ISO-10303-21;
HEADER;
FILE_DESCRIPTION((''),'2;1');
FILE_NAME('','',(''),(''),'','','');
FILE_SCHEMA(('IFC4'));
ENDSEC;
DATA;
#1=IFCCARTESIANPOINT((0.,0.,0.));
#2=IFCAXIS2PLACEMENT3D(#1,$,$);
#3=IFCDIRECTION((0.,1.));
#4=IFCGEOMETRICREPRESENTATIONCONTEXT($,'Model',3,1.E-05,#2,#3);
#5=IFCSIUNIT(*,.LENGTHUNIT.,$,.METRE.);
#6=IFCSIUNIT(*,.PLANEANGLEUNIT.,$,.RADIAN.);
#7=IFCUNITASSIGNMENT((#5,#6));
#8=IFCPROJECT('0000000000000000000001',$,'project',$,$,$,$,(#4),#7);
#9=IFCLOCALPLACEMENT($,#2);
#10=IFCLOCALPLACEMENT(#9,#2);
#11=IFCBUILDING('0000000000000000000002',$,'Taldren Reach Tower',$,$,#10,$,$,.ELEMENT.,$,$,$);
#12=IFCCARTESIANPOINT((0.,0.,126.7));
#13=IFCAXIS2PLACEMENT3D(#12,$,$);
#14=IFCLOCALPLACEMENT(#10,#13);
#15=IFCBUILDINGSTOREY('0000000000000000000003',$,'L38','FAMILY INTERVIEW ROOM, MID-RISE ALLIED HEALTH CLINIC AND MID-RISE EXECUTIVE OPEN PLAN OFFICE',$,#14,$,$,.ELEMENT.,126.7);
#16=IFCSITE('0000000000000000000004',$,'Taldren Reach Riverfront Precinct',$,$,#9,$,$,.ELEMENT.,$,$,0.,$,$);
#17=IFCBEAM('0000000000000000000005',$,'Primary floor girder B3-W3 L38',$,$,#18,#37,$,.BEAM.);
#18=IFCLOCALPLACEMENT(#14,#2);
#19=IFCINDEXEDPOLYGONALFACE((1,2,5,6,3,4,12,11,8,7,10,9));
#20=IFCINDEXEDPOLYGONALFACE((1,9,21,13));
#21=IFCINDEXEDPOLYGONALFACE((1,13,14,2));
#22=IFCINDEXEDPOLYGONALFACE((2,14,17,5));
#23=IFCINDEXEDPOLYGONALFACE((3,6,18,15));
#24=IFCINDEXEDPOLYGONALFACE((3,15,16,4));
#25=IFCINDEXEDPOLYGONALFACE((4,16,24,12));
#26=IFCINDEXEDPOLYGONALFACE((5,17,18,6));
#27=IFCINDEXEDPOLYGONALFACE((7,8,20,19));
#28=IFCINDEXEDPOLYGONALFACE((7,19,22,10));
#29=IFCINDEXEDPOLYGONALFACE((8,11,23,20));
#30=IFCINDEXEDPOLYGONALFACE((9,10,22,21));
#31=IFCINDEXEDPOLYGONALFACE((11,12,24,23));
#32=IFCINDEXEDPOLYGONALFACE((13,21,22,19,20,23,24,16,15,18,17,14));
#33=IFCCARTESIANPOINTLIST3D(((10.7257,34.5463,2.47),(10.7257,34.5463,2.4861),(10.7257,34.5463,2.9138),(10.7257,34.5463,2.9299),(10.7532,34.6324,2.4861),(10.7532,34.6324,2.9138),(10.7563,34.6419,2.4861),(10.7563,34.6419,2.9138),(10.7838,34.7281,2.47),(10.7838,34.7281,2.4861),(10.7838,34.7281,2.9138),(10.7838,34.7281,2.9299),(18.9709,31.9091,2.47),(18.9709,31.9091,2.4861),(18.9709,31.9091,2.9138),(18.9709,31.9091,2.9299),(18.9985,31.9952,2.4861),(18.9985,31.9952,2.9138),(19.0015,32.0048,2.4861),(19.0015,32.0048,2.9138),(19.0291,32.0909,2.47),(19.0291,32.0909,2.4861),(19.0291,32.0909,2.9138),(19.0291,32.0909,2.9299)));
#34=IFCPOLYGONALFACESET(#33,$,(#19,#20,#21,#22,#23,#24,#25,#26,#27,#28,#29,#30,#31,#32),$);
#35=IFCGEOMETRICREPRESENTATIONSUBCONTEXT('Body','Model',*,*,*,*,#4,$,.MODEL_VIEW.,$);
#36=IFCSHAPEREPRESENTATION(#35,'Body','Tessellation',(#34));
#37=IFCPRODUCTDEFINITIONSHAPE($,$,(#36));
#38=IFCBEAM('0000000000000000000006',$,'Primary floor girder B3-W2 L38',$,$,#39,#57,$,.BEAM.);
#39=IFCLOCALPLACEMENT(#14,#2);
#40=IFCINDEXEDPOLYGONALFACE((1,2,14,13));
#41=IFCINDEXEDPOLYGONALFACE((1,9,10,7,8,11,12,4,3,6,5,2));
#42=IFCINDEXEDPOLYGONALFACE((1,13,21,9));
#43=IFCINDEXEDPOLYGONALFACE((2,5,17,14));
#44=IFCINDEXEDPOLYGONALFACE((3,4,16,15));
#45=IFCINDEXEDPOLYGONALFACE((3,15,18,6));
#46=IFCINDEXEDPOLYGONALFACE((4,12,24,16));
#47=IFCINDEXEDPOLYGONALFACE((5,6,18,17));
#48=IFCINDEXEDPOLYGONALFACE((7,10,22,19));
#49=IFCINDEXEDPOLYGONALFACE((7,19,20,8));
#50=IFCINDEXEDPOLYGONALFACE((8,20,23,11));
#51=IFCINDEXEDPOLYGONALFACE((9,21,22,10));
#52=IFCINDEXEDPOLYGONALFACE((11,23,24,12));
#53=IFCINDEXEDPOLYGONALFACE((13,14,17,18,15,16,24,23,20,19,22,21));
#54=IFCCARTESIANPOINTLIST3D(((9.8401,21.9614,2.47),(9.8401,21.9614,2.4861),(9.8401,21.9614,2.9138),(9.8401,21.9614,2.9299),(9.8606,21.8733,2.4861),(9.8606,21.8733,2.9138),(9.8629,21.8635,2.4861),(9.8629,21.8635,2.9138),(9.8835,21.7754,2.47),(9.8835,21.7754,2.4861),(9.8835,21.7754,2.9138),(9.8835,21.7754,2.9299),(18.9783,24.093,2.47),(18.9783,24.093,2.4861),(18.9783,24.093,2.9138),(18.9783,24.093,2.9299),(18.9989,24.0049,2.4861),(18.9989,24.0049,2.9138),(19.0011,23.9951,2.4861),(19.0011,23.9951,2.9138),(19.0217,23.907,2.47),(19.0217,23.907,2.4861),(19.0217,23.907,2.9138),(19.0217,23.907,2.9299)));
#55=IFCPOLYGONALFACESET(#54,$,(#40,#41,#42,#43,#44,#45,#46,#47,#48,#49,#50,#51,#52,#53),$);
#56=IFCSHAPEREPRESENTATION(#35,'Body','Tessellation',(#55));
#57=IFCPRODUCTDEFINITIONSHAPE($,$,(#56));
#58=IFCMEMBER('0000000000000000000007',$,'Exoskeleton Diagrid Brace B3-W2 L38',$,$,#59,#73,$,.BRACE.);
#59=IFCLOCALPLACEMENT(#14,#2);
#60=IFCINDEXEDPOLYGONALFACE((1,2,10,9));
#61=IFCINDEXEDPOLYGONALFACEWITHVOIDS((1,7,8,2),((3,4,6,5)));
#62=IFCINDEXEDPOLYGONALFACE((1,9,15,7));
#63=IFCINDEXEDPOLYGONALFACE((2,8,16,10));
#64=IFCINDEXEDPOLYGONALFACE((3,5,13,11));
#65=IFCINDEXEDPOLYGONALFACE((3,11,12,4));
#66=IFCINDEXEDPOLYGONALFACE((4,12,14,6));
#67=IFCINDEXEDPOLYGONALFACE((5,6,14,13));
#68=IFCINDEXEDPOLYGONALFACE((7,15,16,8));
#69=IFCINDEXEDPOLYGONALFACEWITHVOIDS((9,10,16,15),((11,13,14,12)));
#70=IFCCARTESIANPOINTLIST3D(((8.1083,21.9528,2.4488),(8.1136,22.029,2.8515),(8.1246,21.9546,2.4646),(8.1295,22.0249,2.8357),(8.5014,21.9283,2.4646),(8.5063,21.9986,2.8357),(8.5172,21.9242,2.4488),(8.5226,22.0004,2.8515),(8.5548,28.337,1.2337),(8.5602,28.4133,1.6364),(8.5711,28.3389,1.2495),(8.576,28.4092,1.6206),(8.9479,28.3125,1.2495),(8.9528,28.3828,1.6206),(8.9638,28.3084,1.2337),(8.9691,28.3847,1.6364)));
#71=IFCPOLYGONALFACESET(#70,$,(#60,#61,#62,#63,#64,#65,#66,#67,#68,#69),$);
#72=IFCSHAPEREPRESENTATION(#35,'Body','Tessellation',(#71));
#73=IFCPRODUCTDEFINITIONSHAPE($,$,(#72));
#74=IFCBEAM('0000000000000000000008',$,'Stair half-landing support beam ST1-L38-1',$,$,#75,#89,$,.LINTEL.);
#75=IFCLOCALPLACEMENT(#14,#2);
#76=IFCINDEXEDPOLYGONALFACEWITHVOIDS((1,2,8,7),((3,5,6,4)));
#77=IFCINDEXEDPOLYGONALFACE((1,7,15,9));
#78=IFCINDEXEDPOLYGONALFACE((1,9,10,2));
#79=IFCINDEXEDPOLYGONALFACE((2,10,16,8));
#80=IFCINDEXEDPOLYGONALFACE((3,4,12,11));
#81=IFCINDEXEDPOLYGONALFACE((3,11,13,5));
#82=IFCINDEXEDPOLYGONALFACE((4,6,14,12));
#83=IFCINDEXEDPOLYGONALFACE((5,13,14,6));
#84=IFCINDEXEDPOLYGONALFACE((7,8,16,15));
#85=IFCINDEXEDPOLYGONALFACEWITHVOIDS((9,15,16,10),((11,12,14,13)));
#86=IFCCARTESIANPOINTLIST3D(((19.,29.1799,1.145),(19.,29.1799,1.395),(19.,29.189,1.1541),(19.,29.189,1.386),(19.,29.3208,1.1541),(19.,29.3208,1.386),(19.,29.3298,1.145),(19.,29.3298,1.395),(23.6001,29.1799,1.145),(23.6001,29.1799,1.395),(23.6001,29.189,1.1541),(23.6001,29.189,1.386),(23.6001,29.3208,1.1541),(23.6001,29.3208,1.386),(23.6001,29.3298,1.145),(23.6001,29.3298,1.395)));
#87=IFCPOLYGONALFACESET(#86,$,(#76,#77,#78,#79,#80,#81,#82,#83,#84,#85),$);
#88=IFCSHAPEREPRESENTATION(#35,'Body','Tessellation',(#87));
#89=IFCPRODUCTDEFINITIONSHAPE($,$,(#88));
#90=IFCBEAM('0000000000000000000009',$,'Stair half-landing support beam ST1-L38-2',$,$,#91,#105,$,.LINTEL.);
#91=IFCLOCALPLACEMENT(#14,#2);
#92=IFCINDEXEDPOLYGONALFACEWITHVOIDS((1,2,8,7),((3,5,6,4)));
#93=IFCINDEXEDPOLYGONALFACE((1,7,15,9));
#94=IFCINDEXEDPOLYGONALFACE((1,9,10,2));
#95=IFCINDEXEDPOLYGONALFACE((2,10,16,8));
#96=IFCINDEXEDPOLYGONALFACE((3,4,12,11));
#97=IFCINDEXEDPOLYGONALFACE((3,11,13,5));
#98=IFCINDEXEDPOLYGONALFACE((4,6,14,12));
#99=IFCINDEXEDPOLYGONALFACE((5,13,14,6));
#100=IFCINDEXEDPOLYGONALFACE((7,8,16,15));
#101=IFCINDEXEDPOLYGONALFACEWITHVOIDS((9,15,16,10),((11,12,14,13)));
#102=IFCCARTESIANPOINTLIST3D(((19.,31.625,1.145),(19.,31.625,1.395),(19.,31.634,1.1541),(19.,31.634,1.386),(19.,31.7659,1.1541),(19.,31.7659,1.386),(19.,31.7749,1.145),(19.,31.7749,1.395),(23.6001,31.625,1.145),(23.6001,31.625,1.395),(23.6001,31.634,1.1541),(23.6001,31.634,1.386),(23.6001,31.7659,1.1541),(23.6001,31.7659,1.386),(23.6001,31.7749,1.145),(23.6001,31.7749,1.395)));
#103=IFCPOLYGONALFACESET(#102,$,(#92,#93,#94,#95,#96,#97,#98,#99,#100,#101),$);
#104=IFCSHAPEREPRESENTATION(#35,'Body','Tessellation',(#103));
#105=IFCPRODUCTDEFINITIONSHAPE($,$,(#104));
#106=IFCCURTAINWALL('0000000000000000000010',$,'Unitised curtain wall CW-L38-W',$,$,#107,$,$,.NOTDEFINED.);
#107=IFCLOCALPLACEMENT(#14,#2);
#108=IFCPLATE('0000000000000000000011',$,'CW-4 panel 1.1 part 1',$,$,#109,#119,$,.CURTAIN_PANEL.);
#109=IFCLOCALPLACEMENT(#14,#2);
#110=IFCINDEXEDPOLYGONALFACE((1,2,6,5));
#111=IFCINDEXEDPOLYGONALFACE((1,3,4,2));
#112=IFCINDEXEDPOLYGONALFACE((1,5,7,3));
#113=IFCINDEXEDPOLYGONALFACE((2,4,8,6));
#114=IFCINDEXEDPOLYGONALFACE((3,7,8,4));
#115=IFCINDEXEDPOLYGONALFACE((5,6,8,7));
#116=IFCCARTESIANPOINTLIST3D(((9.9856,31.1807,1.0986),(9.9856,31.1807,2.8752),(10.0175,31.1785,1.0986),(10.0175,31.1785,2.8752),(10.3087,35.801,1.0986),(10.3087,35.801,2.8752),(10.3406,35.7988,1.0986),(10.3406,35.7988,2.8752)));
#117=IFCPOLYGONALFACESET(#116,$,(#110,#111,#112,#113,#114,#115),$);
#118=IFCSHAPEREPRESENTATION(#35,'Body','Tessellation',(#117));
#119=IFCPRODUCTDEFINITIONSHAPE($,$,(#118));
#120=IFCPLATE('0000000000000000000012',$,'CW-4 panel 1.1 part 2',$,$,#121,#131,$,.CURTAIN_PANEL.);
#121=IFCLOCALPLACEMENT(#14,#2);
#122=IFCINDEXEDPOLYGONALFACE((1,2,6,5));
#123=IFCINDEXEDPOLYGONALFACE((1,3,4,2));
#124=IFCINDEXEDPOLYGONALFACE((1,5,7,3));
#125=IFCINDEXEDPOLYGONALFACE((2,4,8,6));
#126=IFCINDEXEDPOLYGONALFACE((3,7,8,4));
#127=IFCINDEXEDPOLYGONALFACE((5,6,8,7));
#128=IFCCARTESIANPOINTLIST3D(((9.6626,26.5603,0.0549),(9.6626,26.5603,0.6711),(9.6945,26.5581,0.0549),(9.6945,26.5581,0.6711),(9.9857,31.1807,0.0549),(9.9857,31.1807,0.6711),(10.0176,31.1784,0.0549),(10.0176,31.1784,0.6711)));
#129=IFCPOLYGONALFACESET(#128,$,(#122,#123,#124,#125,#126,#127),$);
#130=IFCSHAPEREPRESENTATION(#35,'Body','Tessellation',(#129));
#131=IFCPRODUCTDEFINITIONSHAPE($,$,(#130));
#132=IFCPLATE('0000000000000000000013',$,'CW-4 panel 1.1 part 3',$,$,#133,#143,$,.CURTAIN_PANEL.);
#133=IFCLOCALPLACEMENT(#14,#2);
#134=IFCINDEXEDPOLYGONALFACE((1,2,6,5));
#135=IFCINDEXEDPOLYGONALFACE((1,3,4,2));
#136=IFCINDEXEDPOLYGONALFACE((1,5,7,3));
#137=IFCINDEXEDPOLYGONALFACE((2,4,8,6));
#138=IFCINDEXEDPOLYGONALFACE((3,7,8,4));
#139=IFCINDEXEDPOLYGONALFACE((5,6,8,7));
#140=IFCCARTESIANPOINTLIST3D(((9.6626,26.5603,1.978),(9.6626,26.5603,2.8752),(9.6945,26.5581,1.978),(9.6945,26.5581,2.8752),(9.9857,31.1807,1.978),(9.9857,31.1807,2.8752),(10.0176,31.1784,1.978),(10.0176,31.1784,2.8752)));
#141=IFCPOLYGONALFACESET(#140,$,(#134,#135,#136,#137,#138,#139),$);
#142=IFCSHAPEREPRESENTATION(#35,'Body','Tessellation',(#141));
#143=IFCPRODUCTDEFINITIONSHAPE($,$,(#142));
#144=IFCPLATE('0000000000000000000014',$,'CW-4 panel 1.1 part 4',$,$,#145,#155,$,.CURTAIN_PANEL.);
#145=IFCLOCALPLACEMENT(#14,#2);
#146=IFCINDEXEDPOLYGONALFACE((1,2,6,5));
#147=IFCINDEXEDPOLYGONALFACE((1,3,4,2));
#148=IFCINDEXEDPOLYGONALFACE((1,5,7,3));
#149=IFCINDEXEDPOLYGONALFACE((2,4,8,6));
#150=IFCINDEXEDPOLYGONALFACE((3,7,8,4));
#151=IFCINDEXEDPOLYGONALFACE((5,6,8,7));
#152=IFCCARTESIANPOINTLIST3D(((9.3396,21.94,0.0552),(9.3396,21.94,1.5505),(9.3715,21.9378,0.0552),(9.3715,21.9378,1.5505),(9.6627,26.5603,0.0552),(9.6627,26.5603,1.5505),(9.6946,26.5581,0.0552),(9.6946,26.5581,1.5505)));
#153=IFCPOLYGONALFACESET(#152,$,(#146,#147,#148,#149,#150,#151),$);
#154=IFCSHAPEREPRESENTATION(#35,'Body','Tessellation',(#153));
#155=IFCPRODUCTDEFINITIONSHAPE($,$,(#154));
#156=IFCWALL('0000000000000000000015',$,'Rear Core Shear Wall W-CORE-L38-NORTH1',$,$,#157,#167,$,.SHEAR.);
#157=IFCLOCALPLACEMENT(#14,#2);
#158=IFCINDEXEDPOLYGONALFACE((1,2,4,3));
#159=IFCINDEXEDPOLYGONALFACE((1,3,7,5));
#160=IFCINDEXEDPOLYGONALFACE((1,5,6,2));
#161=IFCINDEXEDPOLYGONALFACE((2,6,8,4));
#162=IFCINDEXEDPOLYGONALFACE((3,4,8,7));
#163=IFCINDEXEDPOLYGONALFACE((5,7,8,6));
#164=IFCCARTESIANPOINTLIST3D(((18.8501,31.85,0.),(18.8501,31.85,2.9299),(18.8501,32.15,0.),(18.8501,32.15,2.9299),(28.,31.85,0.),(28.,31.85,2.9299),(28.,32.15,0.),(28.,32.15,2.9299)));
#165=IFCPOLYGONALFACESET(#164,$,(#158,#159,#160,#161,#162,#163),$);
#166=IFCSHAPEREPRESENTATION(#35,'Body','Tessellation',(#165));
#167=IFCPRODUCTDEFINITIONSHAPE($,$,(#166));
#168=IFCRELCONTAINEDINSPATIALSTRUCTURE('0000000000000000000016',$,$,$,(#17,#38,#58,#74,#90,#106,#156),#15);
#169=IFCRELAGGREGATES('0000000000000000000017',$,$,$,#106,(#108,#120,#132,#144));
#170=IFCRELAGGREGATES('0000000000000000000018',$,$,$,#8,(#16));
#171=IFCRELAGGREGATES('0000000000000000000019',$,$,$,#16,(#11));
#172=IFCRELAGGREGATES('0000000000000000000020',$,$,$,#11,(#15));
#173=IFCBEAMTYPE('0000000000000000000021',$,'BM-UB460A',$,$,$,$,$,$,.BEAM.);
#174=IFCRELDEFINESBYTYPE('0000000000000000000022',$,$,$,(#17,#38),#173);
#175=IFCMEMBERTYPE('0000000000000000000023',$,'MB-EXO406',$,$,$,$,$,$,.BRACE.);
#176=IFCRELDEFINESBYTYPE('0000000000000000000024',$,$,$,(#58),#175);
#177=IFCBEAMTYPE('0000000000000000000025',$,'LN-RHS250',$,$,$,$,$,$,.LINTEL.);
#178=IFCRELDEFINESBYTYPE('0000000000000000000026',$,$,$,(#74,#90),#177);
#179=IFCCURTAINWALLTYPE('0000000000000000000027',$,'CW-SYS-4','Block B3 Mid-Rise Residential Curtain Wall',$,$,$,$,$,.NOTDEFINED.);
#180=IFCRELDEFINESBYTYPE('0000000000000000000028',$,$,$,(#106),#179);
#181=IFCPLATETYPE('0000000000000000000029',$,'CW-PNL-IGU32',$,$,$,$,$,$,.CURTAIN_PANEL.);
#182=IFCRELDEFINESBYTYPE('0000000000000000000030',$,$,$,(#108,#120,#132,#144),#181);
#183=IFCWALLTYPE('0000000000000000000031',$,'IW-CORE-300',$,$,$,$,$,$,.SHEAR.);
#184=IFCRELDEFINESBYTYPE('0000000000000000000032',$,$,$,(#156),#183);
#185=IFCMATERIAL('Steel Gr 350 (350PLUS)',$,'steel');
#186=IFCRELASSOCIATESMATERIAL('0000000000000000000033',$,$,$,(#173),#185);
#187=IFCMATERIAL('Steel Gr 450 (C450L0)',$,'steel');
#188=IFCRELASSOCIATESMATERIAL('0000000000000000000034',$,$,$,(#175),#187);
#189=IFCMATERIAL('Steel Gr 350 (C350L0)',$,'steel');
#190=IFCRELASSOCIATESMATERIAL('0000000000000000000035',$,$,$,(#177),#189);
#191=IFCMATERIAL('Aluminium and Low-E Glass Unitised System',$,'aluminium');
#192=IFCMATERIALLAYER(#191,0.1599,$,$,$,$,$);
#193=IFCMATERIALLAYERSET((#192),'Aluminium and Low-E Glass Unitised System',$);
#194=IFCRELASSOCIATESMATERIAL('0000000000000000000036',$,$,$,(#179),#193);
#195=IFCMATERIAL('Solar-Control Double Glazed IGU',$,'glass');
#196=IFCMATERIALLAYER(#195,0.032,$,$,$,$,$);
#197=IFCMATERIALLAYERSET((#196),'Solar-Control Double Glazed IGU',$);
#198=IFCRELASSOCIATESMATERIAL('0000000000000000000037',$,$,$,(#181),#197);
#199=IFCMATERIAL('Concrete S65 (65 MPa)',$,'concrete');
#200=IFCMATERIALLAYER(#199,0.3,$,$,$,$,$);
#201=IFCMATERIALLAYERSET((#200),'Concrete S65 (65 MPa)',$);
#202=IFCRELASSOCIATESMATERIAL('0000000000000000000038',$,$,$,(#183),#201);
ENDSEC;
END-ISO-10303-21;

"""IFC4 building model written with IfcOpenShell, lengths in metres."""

from ifc_helpers import new_model, si_unit, direction, frame, frame_2d, origin, origin_2d, place, context, subcontext, project, spatial, rectangle, hollow_rectangle, i_section, extrude, source, transform, mapped, material, layer, layer_set, material_profile, profile_set, type_object, element, aggregate, save


model = new_model("IFC4")

# Units and contexts
model_context = context("Model", 3, precision=1e-05, world=origin(), true_north=direction((0.0, 1.0)))
body_context = subcontext(model_context, "Body", "Model", "MODEL_VIEW")
ifc_project = project(units=[si_unit("LENGTHUNIT", "METRE"), si_unit("PLANEANGLEUNIT", "RADIAN")], contexts=[model_context])

# Site, building, storey
site_placement = place(None, origin())
site = spatial("IfcSite", under=ifc_project, at=site_placement, Name="Taldren Reach Riverfront Precinct", CompositionType="ELEMENT", RefElevation=0.0)
building_placement = place(site_placement, origin())
building = spatial("IfcBuilding", under=site, at=building_placement, Name="Taldren Reach Tower", CompositionType="ELEMENT")
storey_placement = place(building_placement, frame((0.0, 0.0, 126.7)))
storey = spatial("IfcBuildingStorey", under=building, at=storey_placement, Name="L38", Description="FAMILY INTERVIEW ROOM, MID-RISE ALLIED HEALTH CLINIC AND MID-RISE EXECUTIVE OPEN PLAN OFFICE", CompositionType="ELEMENT", Elevation=126.7)

# Shared definitions
ifc_material_1 = material(Name="Steel Gr 450 (C450L0)", Category="steel")
ifc_material_2 = material(Name="Steel Gr 350 (350PLUS)", Category="steel")

# Beams
ifc_material_profile_1 = material_profile(ifc_material_2, i_section(OverallWidth=0.1909, OverallDepth=0.46, WebThickness=0.01, FlangeThickness=0.0161, at=origin_2d()), Name="460UB82.1")
ifc_profile_set_1 = profile_set([ifc_material_profile_1], Name="Steel Gr 350 (350PLUS)")
beam_type_1 = type_object("IfcBeamType", Name="BM-UB460A", PredefinedType="BEAM", material=ifc_profile_set_1)
shared_shape_1 = source(origin(), body_context, "Body", "SweptSolid", [
    extrude(i_section(OverallWidth=0.1909, OverallDepth=0.46, WebThickness=0.01, FlangeThickness=0.0161, at=origin_2d()), origin(), (0.0, 0.0, 1.0), 8.6567),
])
beam_1_placement = place(storey_placement, frame((19.0, 32.0, 2.7), z_axis=(-0.952468, 0.304639, 0.0), x_axis=(-0.304639, -0.952468, 0.0)))
element("IfcBeam", 1, at=beam_1_placement, inside=storey, type_object=beam_type_1, Name="Primary floor girder B3-W3 L38", PredefinedType="BEAM", context=body_context, shape_type="MappedRepresentation", body=[
    mapped(shared_shape_1, transform((0.0, 0.0, 0.0), scale=1.0)),
])
shared_shape_2 = source(origin(), body_context, "Body", "SweptSolid", [
    extrude(i_section(OverallWidth=0.1909, OverallDepth=0.46, WebThickness=0.01, FlangeThickness=0.0161, at=origin_2d()), origin(), (0.0, 0.0, 1.0), 9.3835),
])
beam_2_placement = place(storey_placement, frame((19.0, 24.0, 2.7), z_axis=(-0.973857, -0.227164, 0.0), x_axis=(0.227164, -0.973857, 0.0)))
element("IfcBeam", 2, at=beam_2_placement, inside=storey, type_object=beam_type_1, Name="Primary floor girder B3-W2 L38", PredefinedType="BEAM", context=body_context, shape_type="MappedRepresentation", body=[
    mapped(shared_shape_2, transform((0.0, 0.0, 0.0), scale=1.0)),
])

# Member
ifc_material_profile_2 = material_profile(ifc_material_1, hollow_rectangle(XDim=0.4099, YDim=0.4099, WallThickness=0.0161, at=origin_2d()), Name="410x410x16.0SHS")
ifc_profile_set_2 = profile_set([ifc_material_profile_2], Name="Steel Gr 450 (C450L0)")
member_type = type_object("IfcMemberType", Name="MB-EXO406", PredefinedType="BRACE", material=ifc_profile_set_2)
shared_shape_3 = source(origin(), body_context, "Body", "SweptSolid", [
    extrude(hollow_rectangle(XDim=0.4099, YDim=0.4099, WallThickness=0.0161, at=origin_2d()), origin(), (0.0, 0.0, 1.0), 6.5142),
])
member_placement = place(storey_placement, frame((8.762, 28.3608, 1.4351), z_axis=(-0.068548, -0.980055, 0.186529), x_axis=(0.997563, -0.069772, 0.0)))
element("IfcMember", 3, at=member_placement, inside=storey, type_object=member_type, Name="Exoskeleton Diagrid Brace B3-W2 L38", PredefinedType="BRACE", context=body_context, shape_type="MappedRepresentation", body=[
    mapped(shared_shape_3, transform((0.0, 0.0, 0.0), scale=1.0)),
])

# Beams
ifc_material_3 = material(Name="Steel Gr 350 (C350L0)", Category="steel")
ifc_material_profile_3 = material_profile(ifc_material_3, hollow_rectangle(XDim=0.1499, YDim=0.25, WallThickness=0.009, at=origin_2d()), Name="250x150x9.0RHS")
ifc_profile_set_3 = profile_set([ifc_material_profile_3], Name="Steel Gr 350 (C350L0)")
beam_type_2 = type_object("IfcBeamType", Name="LN-RHS250", PredefinedType="LINTEL", material=ifc_profile_set_3)
shared_shape_4 = source(origin(), body_context, "Body", "SweptSolid", [
    extrude(hollow_rectangle(XDim=0.1499, YDim=0.25, WallThickness=0.009, at=origin_2d()), origin(), (0.0, 0.0, 1.0), 4.6001),
])
for number, where, z_axis, x_axis, name in (
    (4, (19.0, 29.2549, 1.27), (1.0, 0.0, 0.0), (0.0, 1.0, 0.0), "Stair half-landing support beam ST1-L38-1"),
    (5, (19.0, 31.7, 1.27), (1.0, 0.0, 0.0), (0.0, 1.0, 0.0), "Stair half-landing support beam ST1-L38-2"),
):
    element("IfcBeam", number, at=place(storey_placement, frame(where, z_axis=z_axis, x_axis=x_axis)), inside=storey, type_object=beam_type_2, Name=name, PredefinedType="LINTEL", context=body_context, shape_type="MappedRepresentation", body=[
        mapped(shared_shape_4, transform((0.0, 0.0, 0.0), scale=1.0)),
    ])

# Curtain wall, plates
ifc_material_4 = material(Name="Aluminium and Low-E Glass Unitised System", Category="aluminium")
ifc_layer_1 = layer(ifc_material_4, 0.1599)
ifc_layer_set_1 = layer_set([ifc_layer_1], Name="Aluminium and Low-E Glass Unitised System")
curtain_wall_type = type_object("IfcCurtainWallType", Name="CW-SYS-4", Description="Block B3 Mid-Rise Residential Curtain Wall", PredefinedType="NOTDEFINED", material=ifc_layer_set_1)
curtain_wall_placement = place(storey_placement, origin())
curtain_wall = element("IfcCurtainWall", 6, at=curtain_wall_placement, inside=storey, type_object=curtain_wall_type, Name="Unitised curtain wall CW-L38-W", PredefinedType="NOTDEFINED")
ifc_material_5 = material(Name="Solar-Control Double Glazed IGU", Category="glass")
ifc_layer_2 = layer(ifc_material_5, 0.032)
ifc_layer_set_2 = layer_set([ifc_layer_2], Name="Solar-Control Double Glazed IGU")
plate_type = type_object("IfcPlateType", Name="CW-PNL-IGU32", PredefinedType="CURTAIN_PANEL", material=ifc_layer_set_2)
shared_shape_5 = source(origin(), body_context, "Body", "SweptSolid", [
    extrude(rectangle(XDim=4.6316, YDim=0.032, at=origin_2d()), origin(), (0.0, 0.0, 1.0), 1.7766),
])
plate_1_placement = place(storey_placement, frame((10.1631, 33.4897, 1.0986), z_axis=(0.0, 0.0, 1.0), x_axis=(-0.069756, -0.997564, 0.0)))
plate_1 = element("IfcPlate", 7, at=plate_1_placement, type_object=plate_type, Name="CW-4 panel 1.1 part 1", PredefinedType="CURTAIN_PANEL", context=body_context, shape_type="MappedRepresentation", body=[
    mapped(shared_shape_5, transform((0.0, 0.0, 0.0), scale=1.0)),
])
shared_shape_6 = source(origin(), body_context, "Body", "SweptSolid", [
    extrude(rectangle(XDim=4.6316, YDim=0.032, at=origin_2d()), origin(), (0.0, 0.0, 1.0), 0.6162),
])
plate_2_placement = place(storey_placement, frame((9.8401, 28.8694, 0.0549), z_axis=(0.0, 0.0, 1.0), x_axis=(-0.069756, -0.997564, 0.0)))
plate_2 = element("IfcPlate", 8, at=plate_2_placement, type_object=plate_type, Name="CW-4 panel 1.1 part 2", PredefinedType="CURTAIN_PANEL", context=body_context, shape_type="MappedRepresentation", body=[
    mapped(shared_shape_6, transform((0.0, 0.0, 0.0), scale=1.0)),
])
shared_shape_7 = source(origin(), body_context, "Body", "SweptSolid", [
    extrude(rectangle(XDim=4.6316, YDim=0.032, at=origin_2d()), origin(), (0.0, 0.0, 1.0), 0.8972),
])
plate_3_placement = place(storey_placement, frame((9.8401, 28.8694, 1.978), z_axis=(0.0, 0.0, 1.0), x_axis=(-0.069756, -0.997564, 0.0)))
plate_3 = element("IfcPlate", 9, at=plate_3_placement, type_object=plate_type, Name="CW-4 panel 1.1 part 3", PredefinedType="CURTAIN_PANEL", context=body_context, shape_type="MappedRepresentation", body=[
    mapped(shared_shape_7, transform((0.0, 0.0, 0.0), scale=1.0)),
])
shared_shape_8 = source(origin(), body_context, "Body", "SweptSolid", [
    extrude(rectangle(XDim=4.6316, YDim=0.032, at=origin_2d()), origin(), (0.0, 0.0, 1.0), 1.4954),
])
plate_4_placement = place(storey_placement, frame((9.5171, 24.249, 0.0552), z_axis=(0.0, 0.0, 1.0), x_axis=(-0.069756, -0.997564, 0.0)))
plate_4 = element("IfcPlate", 10, at=plate_4_placement, type_object=plate_type, Name="CW-4 panel 1.1 part 4", PredefinedType="CURTAIN_PANEL", context=body_context, shape_type="MappedRepresentation", body=[
    mapped(shared_shape_8, transform((0.0, 0.0, 0.0), scale=1.0)),
])
aggregate(curtain_wall, [plate_1, plate_2, plate_3, plate_4])

# Wall
ifc_material_6 = material(Name="Concrete S65 (65 MPa)", Category="concrete")
ifc_layer_3 = layer(ifc_material_6, 0.3)
ifc_layer_set_3 = layer_set([ifc_layer_3], Name="Concrete S65 (65 MPa)")
wall_type = type_object("IfcWallType", Name="IW-CORE-300", PredefinedType="SHEAR", material=ifc_layer_set_3)
shared_shape_9 = source(origin(), body_context, "Body", "SweptSolid", [
    extrude(rectangle(XDim=9.1499, YDim=0.3, at=frame_2d((4.575, 0.0))), origin(), (0.0, 0.0, 1.0), 2.9299),
])
wall_1_placement = place(storey_placement, frame((18.8501, 32.0, 0.0), z_axis=(0.0, 0.0, 1.0), x_axis=(1.0, 0.0, 0.0)))
element("IfcWall", 11, at=wall_1_placement, inside=storey, type_object=wall_type, Name="Rear Core Shear Wall W-CORE-L38-NORTH1", PredefinedType="SHEAR", context=body_context, shape_type="MappedRepresentation", body=[
    mapped(shared_shape_9, transform((0.0, 0.0, 0.0), scale=1.0)),
])

save(model, "model.ifc")
